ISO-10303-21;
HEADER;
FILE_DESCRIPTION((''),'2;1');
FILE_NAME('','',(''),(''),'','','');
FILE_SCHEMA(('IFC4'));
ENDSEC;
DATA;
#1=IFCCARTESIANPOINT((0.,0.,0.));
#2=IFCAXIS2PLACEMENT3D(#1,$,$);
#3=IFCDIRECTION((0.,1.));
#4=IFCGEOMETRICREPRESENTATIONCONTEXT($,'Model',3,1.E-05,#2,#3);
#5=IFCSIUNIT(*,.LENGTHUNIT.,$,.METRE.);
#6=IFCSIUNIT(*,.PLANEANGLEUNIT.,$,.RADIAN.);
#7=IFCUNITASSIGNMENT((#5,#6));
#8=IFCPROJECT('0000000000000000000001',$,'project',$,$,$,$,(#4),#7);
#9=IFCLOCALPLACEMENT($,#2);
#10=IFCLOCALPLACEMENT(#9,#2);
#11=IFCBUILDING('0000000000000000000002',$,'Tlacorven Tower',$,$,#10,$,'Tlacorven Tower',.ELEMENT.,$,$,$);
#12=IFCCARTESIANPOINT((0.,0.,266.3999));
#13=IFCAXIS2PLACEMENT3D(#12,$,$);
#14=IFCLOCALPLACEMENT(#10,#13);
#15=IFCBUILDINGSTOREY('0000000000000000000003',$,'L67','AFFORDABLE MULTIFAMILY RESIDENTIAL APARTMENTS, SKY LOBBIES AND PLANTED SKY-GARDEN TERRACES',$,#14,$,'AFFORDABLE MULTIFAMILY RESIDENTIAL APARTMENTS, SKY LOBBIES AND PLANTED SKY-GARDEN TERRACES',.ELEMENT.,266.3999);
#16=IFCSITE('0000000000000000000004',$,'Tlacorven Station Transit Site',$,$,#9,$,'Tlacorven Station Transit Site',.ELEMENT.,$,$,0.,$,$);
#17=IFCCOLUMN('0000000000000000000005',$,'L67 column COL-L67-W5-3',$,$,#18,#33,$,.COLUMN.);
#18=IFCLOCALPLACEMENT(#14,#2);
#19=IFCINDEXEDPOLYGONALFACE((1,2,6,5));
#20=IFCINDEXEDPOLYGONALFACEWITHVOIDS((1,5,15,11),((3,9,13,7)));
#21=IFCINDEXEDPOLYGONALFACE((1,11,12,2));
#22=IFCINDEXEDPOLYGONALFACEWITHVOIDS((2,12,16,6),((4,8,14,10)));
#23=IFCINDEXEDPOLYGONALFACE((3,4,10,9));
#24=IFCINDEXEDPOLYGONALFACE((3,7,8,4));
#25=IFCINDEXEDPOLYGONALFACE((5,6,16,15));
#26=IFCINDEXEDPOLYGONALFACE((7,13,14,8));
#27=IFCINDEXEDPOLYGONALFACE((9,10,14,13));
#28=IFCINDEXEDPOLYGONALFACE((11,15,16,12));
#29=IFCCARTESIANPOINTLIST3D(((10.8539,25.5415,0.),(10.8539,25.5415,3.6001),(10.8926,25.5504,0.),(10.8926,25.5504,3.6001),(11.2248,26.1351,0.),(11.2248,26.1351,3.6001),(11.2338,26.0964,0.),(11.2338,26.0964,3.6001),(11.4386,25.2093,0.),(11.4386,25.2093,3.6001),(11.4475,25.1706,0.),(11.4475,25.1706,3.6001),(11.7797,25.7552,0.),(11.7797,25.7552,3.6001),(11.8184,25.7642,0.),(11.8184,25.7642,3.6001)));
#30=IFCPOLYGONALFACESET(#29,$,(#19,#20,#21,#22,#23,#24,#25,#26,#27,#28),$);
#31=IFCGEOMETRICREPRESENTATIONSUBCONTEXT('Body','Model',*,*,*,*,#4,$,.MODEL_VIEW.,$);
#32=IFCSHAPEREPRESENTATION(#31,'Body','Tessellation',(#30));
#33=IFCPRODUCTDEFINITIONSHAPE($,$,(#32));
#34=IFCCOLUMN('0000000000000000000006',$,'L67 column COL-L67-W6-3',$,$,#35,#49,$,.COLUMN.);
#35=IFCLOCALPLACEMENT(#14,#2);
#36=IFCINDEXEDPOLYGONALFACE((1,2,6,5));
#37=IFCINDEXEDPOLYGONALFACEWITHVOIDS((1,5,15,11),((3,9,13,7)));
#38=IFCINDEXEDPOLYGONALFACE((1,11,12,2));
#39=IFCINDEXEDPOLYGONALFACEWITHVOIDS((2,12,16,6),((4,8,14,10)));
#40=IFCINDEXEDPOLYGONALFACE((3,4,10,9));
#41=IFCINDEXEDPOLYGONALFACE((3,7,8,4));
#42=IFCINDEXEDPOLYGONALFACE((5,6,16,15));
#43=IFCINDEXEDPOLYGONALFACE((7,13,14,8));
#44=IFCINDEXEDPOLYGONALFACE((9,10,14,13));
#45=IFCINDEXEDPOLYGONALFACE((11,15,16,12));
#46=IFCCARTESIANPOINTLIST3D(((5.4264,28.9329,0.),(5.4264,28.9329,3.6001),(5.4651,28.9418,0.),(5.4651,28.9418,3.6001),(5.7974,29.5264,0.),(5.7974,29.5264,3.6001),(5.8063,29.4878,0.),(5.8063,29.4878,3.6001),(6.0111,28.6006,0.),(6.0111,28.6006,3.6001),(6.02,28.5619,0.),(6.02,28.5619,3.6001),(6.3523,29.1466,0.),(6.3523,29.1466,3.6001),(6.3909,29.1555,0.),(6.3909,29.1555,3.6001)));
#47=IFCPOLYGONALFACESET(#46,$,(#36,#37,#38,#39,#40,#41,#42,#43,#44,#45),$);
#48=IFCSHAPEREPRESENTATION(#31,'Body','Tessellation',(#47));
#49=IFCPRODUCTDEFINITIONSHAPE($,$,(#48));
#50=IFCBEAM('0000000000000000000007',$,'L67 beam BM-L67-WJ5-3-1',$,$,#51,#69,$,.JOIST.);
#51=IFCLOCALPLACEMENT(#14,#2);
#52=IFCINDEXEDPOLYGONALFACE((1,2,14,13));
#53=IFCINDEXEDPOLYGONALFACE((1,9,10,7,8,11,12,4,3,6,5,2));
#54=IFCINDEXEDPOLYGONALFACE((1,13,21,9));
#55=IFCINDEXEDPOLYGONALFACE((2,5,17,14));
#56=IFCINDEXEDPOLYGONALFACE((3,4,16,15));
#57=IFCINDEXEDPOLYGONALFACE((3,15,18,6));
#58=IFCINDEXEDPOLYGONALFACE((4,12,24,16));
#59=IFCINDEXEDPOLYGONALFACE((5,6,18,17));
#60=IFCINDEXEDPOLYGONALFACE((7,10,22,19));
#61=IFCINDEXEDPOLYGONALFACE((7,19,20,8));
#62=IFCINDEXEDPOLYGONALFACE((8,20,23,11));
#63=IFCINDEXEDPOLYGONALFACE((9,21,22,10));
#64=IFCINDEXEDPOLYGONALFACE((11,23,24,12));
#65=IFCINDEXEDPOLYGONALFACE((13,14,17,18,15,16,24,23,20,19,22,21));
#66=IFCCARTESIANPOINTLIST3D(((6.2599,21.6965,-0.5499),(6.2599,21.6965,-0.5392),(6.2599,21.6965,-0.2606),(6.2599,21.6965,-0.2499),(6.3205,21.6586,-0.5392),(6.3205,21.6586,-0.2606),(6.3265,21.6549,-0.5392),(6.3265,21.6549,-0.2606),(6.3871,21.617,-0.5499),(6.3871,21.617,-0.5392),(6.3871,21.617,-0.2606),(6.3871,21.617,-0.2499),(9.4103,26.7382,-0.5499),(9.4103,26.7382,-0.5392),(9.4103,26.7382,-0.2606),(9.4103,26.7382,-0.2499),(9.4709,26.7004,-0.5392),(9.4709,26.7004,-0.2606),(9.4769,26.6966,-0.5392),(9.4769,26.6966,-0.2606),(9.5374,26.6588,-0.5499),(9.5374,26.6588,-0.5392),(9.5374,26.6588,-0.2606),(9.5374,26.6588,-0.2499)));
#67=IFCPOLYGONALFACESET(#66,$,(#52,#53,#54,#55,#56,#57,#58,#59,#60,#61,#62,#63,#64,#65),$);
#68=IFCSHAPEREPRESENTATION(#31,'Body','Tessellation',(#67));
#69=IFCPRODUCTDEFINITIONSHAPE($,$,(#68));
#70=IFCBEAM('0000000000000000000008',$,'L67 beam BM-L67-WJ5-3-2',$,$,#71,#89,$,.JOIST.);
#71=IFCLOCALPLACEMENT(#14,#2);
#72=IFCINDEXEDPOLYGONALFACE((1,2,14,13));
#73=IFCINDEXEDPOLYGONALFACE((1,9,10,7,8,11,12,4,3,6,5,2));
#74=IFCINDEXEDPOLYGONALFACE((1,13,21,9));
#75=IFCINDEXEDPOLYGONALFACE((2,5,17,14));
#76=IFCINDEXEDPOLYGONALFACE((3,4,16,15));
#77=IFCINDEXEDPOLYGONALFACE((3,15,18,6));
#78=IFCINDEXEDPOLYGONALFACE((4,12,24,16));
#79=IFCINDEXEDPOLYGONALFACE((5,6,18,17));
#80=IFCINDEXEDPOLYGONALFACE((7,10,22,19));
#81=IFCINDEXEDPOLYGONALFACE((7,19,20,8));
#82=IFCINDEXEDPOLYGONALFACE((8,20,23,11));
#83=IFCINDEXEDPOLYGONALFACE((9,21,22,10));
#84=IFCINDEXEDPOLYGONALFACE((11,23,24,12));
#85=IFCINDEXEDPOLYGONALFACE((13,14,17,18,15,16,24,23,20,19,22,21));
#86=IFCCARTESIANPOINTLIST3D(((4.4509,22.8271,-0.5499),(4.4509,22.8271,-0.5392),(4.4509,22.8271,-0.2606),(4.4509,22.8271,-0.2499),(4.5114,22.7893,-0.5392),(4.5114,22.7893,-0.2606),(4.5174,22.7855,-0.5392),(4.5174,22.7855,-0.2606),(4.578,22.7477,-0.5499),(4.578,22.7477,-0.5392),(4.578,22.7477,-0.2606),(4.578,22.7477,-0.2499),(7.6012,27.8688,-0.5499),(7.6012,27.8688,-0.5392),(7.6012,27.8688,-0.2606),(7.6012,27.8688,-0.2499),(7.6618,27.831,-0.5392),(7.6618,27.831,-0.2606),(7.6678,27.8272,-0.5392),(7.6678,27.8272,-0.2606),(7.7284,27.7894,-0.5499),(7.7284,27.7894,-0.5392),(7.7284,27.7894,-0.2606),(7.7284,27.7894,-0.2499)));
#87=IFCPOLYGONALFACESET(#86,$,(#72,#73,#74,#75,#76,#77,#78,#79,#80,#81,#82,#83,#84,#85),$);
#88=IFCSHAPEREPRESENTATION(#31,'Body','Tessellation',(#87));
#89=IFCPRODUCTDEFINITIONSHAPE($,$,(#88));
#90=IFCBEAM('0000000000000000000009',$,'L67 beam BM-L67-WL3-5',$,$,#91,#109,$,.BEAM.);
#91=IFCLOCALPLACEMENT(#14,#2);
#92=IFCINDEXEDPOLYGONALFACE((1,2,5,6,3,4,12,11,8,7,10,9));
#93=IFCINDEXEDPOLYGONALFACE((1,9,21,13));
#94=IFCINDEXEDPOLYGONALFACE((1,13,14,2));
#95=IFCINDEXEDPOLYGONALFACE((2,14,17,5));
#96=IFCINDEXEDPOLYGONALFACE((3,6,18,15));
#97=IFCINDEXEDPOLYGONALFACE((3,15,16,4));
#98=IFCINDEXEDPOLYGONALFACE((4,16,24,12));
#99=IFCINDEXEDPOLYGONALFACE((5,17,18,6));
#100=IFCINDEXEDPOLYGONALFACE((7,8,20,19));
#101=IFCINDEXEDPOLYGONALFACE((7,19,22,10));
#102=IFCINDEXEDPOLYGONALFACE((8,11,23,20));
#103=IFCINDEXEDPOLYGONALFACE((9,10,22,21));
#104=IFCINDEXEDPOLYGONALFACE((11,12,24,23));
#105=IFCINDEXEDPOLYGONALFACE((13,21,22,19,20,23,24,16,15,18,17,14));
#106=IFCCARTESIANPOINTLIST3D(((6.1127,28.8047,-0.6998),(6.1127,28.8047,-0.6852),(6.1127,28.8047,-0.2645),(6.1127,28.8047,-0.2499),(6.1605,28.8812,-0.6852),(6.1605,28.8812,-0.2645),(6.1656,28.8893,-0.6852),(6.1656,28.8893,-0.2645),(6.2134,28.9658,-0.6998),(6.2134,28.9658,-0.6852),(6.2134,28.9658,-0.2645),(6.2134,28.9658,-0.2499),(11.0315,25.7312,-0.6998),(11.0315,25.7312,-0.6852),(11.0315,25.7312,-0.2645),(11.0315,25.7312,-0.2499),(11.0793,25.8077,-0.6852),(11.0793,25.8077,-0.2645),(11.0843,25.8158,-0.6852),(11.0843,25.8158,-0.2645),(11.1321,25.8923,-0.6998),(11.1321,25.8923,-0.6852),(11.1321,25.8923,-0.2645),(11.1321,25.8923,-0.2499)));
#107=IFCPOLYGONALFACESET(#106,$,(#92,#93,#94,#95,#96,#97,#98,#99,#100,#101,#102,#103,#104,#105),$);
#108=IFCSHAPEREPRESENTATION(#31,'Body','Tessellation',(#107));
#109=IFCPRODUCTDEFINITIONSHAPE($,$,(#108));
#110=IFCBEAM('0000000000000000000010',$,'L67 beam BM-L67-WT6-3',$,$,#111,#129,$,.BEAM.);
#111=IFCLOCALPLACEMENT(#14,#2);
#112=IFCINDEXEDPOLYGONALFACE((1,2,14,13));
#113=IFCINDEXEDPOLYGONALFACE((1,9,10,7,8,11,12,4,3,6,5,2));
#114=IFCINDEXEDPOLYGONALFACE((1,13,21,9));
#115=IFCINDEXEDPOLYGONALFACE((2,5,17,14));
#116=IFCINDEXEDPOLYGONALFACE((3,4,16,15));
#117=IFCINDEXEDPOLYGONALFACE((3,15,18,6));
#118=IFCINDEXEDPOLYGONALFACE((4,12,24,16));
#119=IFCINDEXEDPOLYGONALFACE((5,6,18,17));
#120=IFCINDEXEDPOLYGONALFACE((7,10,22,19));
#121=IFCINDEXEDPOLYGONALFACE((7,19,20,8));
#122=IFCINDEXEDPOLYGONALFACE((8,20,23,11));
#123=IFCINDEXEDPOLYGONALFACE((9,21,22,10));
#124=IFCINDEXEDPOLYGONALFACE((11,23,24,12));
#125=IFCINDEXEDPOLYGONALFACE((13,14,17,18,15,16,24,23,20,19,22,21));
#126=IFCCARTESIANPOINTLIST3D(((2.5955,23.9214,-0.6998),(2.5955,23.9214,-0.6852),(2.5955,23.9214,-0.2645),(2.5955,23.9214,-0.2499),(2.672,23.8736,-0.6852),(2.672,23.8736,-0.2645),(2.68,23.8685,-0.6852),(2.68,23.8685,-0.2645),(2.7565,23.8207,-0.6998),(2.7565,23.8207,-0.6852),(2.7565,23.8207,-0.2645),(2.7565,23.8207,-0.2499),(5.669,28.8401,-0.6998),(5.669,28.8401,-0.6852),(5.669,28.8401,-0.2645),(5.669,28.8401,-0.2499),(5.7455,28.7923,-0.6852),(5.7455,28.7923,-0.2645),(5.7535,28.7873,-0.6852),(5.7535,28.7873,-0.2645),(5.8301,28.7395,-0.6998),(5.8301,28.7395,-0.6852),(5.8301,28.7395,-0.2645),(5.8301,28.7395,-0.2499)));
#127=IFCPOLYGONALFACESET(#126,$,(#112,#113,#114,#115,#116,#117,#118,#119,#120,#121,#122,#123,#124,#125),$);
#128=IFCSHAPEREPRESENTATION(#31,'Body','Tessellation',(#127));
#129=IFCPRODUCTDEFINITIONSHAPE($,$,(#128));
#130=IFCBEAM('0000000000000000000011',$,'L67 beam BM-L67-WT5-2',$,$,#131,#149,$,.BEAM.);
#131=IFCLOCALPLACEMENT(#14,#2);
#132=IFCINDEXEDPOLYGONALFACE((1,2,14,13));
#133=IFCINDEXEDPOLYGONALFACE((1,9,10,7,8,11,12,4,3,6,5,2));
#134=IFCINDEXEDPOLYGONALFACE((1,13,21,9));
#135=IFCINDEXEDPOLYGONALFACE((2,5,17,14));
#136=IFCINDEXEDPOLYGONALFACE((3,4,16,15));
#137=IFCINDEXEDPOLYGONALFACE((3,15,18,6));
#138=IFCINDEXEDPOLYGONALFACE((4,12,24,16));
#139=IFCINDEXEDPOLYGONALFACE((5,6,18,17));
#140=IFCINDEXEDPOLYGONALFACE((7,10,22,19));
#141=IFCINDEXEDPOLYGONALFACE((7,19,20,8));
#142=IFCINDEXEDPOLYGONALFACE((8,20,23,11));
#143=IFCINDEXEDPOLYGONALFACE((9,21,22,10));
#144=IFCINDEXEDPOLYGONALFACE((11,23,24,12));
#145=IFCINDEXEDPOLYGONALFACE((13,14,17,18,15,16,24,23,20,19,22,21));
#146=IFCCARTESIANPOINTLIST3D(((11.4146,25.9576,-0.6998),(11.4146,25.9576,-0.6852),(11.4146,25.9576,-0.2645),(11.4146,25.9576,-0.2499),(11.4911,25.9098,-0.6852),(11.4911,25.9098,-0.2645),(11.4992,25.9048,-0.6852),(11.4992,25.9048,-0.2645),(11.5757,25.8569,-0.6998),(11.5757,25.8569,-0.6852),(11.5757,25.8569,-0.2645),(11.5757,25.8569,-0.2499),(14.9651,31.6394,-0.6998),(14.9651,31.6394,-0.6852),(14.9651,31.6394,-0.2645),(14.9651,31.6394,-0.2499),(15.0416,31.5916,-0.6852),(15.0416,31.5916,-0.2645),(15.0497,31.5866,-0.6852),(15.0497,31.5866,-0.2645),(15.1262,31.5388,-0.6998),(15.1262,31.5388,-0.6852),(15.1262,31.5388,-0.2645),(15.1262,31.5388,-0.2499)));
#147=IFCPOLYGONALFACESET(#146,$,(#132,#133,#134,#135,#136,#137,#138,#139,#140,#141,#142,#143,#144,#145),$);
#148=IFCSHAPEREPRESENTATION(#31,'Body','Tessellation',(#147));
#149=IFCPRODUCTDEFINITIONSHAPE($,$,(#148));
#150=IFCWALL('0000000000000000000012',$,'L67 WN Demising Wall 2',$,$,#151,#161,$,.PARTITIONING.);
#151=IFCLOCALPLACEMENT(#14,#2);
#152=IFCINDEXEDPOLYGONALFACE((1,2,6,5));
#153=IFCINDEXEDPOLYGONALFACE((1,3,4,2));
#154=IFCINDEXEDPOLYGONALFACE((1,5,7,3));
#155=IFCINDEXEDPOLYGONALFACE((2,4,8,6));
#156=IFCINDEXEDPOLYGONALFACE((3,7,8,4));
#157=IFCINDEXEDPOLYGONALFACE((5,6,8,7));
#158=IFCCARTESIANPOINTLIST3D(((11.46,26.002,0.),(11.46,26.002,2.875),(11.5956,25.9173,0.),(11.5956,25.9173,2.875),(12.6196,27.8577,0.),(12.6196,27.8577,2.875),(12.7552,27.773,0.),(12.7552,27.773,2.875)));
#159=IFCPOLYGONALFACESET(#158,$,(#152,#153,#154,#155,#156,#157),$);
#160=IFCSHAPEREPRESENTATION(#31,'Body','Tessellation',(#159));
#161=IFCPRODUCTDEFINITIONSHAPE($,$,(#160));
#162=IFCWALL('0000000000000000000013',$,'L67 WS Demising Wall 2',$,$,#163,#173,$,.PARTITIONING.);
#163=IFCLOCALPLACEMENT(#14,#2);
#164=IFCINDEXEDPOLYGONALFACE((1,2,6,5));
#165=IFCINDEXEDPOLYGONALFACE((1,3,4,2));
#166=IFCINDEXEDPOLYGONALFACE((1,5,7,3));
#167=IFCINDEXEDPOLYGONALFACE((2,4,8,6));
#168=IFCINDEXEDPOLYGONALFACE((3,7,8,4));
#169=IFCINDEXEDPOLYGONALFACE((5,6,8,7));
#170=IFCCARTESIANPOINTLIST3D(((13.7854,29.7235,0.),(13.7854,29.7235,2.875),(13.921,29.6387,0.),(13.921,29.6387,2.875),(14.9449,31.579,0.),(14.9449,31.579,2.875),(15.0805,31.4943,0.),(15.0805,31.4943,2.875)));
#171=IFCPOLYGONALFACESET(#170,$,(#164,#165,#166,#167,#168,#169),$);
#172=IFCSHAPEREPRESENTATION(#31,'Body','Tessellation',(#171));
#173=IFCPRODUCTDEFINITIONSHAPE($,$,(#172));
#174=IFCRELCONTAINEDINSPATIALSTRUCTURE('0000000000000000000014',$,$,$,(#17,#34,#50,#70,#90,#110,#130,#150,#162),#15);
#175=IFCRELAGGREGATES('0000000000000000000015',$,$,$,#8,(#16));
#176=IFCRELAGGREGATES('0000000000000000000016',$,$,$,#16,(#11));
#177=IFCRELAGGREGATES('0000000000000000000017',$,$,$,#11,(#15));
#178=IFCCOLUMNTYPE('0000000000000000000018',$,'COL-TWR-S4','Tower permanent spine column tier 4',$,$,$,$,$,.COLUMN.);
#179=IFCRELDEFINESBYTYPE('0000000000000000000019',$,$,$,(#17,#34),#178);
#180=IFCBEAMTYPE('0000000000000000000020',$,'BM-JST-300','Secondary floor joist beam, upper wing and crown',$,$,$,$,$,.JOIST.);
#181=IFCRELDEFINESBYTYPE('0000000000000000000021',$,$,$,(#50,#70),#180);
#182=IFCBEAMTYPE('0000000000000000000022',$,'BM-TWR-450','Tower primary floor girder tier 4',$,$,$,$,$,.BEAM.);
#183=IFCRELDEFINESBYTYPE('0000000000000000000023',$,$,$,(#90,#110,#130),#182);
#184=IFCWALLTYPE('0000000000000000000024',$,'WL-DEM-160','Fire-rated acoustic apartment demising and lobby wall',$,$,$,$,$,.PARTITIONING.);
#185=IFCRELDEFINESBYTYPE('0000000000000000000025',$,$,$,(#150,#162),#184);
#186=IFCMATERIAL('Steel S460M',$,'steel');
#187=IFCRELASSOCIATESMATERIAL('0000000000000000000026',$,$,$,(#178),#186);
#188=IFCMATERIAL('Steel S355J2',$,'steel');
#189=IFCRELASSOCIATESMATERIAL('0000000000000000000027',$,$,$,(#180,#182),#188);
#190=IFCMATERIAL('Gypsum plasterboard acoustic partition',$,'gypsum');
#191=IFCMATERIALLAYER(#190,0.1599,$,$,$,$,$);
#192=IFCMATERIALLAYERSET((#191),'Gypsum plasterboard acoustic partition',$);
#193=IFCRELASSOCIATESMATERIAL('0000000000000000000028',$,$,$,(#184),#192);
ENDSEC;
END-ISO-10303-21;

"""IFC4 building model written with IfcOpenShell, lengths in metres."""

from ifc_helpers import new_model, si_unit, direction, frame, frame_2d, origin, origin_2d, place, context, subcontext, project, spatial, rectangle, hollow_rectangle, i_section, extrude, source, transform, mapped, material, layer, layer_set, material_profile, profile_set, type_object, element, save


model = new_model("IFC4")

# Units and contexts
model_context = context("Model", 3, precision=1e-05, world=origin(), true_north=direction((0.0, 1.0)))
body_context = subcontext(model_context, "Body", "Model", "MODEL_VIEW")
ifc_project = project(units=[si_unit("LENGTHUNIT", "METRE"), si_unit("PLANEANGLEUNIT", "RADIAN")], contexts=[model_context])

# Site, building, storey
site_placement = place(None, origin())
site = spatial("IfcSite", under=ifc_project, at=site_placement, Name="Tlacorven Station Transit Site", LongName="Tlacorven Station Transit Site", CompositionType="ELEMENT", RefElevation=0.0)
building_placement = place(site_placement, origin())
building = spatial("IfcBuilding", under=site, at=building_placement, Name="Tlacorven Tower", LongName="Tlacorven Tower", CompositionType="ELEMENT")
storey_placement = place(building_placement, frame((0.0, 0.0, 266.3999)))
storey = spatial("IfcBuildingStorey", under=building, at=storey_placement, Name="L67", Description="AFFORDABLE MULTIFAMILY RESIDENTIAL APARTMENTS, SKY LOBBIES AND PLANTED SKY-GARDEN TERRACES", LongName="AFFORDABLE MULTIFAMILY RESIDENTIAL APARTMENTS, SKY LOBBIES AND PLANTED SKY-GARDEN TERRACES", CompositionType="ELEMENT", Elevation=266.3999)

# Columns
ifc_material_1 = material(Name="Steel S460M", Category="steel")
ifc_material_profile_1 = material_profile(ifc_material_1, hollow_rectangle(XDim=0.7, YDim=0.7, WallThickness=0.0281, at=origin_2d()), Name="BOX 700X700X28")
ifc_profile_set_1 = profile_set([ifc_material_profile_1], Name="Steel S460M")
column_type = type_object("IfcColumnType", Name="COL-TWR-S4", Description="Tower permanent spine column tier 4", PredefinedType="COLUMN", material=ifc_profile_set_1)
shared_shape_1 = source(origin(), body_context, "Body", "SweptSolid", [
    extrude(hollow_rectangle(XDim=0.7, YDim=0.7, WallThickness=0.0281, at=origin_2d()), origin(), (0.0, 0.0, 1.0), 3.6001),
])
for number, where, z_axis, x_axis, name in (
    (1, (11.3362, 25.6528, 0.0), (0.0, 0.0, 1.0), (-0.848048, 0.529919, 0.0), "L67 column COL-L67-W5-3"),
    (2, (5.9087, 29.0442, 0.0), (0.0, 0.0, 1.0), (-0.848048, 0.529919, 0.0), "L67 column COL-L67-W6-3"),
):
    element("IfcColumn", number, at=place(storey_placement, frame(where, z_axis=z_axis, x_axis=x_axis)), inside=storey, type_object=column_type, Name=name, PredefinedType="COLUMN", context=body_context, shape_type="MappedRepresentation", body=[
        mapped(shared_shape_1, transform((0.0, 0.0, 0.0), scale=1.0)),
    ])

# Beams
ifc_material_2 = material(Name="Steel S355J2", Category="steel")
ifc_material_profile_2 = material_profile(ifc_material_2, i_section(OverallWidth=0.1499, OverallDepth=0.3, WebThickness=0.0071, FlangeThickness=0.0107, at=origin_2d()), Name="IPE 300")
ifc_profile_set_2 = profile_set([ifc_material_profile_2], Name="Steel S355J2")
beam_type_1 = type_object("IfcBeamType", Name="BM-JST-300", Description="Secondary floor joist beam, upper wing and crown", PredefinedType="JOIST", material=ifc_profile_set_2)
shared_shape_2 = source(origin(), body_context, "Body", "SweptSolid", [
    extrude(i_section(OverallWidth=0.1499, OverallDepth=0.3, WebThickness=0.0071, FlangeThickness=0.0107, at=origin_2d()), origin(), (0.0, 0.0, 1.0), 5.9451),
])
for number, where, z_axis, x_axis, name in (
    (3, (9.4739, 26.6985, -0.3999), (-0.529914, -0.848051, 0.0), (0.848051, -0.529914, 0.0), "L67 beam BM-L67-WJ5-3-1"),
    (4, (7.6648, 27.8291, -0.3999), (-0.529914, -0.848051, 0.0), (0.848051, -0.529914, 0.0), "L67 beam BM-L67-WJ5-3-2"),
):
    element("IfcBeam", number, at=place(storey_placement, frame(where, z_axis=z_axis, x_axis=x_axis)), inside=storey, type_object=beam_type_1, Name=name, PredefinedType="JOIST", context=body_context, shape_type="MappedRepresentation", body=[
        mapped(shared_shape_2, transform((0.0, 0.0, 0.0), scale=1.0)),
    ])
ifc_material_profile_3 = material_profile(ifc_material_2, i_section(OverallWidth=0.1899, OverallDepth=0.45, WebThickness=0.0095, FlangeThickness=0.0146, at=origin_2d()), Name="IPE 450")
ifc_profile_set_3 = profile_set([ifc_material_profile_3], Name="Steel S355J2")
beam_type_2 = type_object("IfcBeamType", Name="BM-TWR-450", Description="Tower primary floor girder tier 4", PredefinedType="BEAM", material=ifc_profile_set_3)
shared_shape_3 = source(origin(), body_context, "Body", "SweptSolid", [
    extrude(i_section(OverallWidth=0.1899, OverallDepth=0.45, WebThickness=0.0095, FlangeThickness=0.0146, at=origin_2d()), origin(), (0.0, 0.0, 1.0), 5.8),
])
for number, where, z_axis, x_axis, name in (
    (5, (11.0818, 25.8118, -0.4749), (-0.848053, 0.529912, 0.0), (-0.529912, -0.848053, 0.0), "L67 beam BM-L67-WL3-5"),
    (6, (5.7495, 28.7898, -0.4749), (-0.529912, -0.848053, 0.0), (0.848053, -0.529912, 0.0), "L67 beam BM-L67-WT6-3"),
):
    element("IfcBeam", number, at=place(storey_placement, frame(where, z_axis=z_axis, x_axis=x_axis)), inside=storey, type_object=beam_type_2, Name=name, PredefinedType="BEAM", context=body_context, shape_type="MappedRepresentation", body=[
        mapped(shared_shape_3, transform((0.0, 0.0, 0.0), scale=1.0)),
    ])
shared_shape_4 = source(origin(), body_context, "Body", "SweptSolid", [
    extrude(i_section(OverallWidth=0.1899, OverallDepth=0.45, WebThickness=0.0095, FlangeThickness=0.0146, at=origin_2d()), origin(), (0.0, 0.0, 1.0), 6.7),
])
beam_placement = place(storey_placement, frame((15.0457, 31.5891, -0.4749), z_axis=(-0.52993, -0.848041, 0.0), x_axis=(0.848041, -0.52993, 0.0)))
element("IfcBeam", 7, at=beam_placement, inside=storey, type_object=beam_type_2, Name="L67 beam BM-L67-WT5-2", PredefinedType="BEAM", context=body_context, shape_type="MappedRepresentation", body=[
    mapped(shared_shape_4, transform((0.0, 0.0, 0.0), scale=1.0)),
])

# Walls
ifc_material_3 = material(Name="Gypsum plasterboard acoustic partition", Category="gypsum")
ifc_layer_1 = layer(ifc_material_3, 0.1599)
ifc_layer_set_1 = layer_set([ifc_layer_1], Name="Gypsum plasterboard acoustic partition")
wall_type_1 = type_object("IfcWallType", Name="WL-DEM-160", Description="Fire-rated acoustic apartment demising and lobby wall", PredefinedType="PARTITIONING", material=ifc_layer_set_1)
wall_1_placement = place(storey_placement, frame((12.6875, 27.8154, 0.0), z_axis=(0.0, 0.0, 1.0), x_axis=(-0.529949, -0.84803, 0.0)))
element("IfcWall", 8, at=wall_1_placement, inside=storey, type_object=wall_type_1, Name="L67 WN Demising Wall 2", PredefinedType="PARTITIONING", context=body_context, shape_type="SweptSolid", body=[
    extrude(rectangle(XDim=2.1882, YDim=0.1599, at=frame_2d((1.0942, 0.0))), origin(), (0.0, 0.0, 1.0), 2.875),
])
wall_2_placement = place(storey_placement, frame((15.0127, 31.5366, 0.0), z_axis=(0.0, 0.0, 1.0), x_axis=(-0.529919, -0.848048, 0.0)))
element("IfcWall", 9, at=wall_2_placement, inside=storey, type_object=wall_type_1, Name="L67 WS Demising Wall 2", PredefinedType="PARTITIONING", context=body_context, shape_type="SweptSolid", body=[
    extrude(rectangle(XDim=2.188, YDim=0.1599, at=frame_2d((1.094, 0.0))), origin(), (0.0, 0.0, 1.0), 2.875),
])

save(model, "model.ifc")
